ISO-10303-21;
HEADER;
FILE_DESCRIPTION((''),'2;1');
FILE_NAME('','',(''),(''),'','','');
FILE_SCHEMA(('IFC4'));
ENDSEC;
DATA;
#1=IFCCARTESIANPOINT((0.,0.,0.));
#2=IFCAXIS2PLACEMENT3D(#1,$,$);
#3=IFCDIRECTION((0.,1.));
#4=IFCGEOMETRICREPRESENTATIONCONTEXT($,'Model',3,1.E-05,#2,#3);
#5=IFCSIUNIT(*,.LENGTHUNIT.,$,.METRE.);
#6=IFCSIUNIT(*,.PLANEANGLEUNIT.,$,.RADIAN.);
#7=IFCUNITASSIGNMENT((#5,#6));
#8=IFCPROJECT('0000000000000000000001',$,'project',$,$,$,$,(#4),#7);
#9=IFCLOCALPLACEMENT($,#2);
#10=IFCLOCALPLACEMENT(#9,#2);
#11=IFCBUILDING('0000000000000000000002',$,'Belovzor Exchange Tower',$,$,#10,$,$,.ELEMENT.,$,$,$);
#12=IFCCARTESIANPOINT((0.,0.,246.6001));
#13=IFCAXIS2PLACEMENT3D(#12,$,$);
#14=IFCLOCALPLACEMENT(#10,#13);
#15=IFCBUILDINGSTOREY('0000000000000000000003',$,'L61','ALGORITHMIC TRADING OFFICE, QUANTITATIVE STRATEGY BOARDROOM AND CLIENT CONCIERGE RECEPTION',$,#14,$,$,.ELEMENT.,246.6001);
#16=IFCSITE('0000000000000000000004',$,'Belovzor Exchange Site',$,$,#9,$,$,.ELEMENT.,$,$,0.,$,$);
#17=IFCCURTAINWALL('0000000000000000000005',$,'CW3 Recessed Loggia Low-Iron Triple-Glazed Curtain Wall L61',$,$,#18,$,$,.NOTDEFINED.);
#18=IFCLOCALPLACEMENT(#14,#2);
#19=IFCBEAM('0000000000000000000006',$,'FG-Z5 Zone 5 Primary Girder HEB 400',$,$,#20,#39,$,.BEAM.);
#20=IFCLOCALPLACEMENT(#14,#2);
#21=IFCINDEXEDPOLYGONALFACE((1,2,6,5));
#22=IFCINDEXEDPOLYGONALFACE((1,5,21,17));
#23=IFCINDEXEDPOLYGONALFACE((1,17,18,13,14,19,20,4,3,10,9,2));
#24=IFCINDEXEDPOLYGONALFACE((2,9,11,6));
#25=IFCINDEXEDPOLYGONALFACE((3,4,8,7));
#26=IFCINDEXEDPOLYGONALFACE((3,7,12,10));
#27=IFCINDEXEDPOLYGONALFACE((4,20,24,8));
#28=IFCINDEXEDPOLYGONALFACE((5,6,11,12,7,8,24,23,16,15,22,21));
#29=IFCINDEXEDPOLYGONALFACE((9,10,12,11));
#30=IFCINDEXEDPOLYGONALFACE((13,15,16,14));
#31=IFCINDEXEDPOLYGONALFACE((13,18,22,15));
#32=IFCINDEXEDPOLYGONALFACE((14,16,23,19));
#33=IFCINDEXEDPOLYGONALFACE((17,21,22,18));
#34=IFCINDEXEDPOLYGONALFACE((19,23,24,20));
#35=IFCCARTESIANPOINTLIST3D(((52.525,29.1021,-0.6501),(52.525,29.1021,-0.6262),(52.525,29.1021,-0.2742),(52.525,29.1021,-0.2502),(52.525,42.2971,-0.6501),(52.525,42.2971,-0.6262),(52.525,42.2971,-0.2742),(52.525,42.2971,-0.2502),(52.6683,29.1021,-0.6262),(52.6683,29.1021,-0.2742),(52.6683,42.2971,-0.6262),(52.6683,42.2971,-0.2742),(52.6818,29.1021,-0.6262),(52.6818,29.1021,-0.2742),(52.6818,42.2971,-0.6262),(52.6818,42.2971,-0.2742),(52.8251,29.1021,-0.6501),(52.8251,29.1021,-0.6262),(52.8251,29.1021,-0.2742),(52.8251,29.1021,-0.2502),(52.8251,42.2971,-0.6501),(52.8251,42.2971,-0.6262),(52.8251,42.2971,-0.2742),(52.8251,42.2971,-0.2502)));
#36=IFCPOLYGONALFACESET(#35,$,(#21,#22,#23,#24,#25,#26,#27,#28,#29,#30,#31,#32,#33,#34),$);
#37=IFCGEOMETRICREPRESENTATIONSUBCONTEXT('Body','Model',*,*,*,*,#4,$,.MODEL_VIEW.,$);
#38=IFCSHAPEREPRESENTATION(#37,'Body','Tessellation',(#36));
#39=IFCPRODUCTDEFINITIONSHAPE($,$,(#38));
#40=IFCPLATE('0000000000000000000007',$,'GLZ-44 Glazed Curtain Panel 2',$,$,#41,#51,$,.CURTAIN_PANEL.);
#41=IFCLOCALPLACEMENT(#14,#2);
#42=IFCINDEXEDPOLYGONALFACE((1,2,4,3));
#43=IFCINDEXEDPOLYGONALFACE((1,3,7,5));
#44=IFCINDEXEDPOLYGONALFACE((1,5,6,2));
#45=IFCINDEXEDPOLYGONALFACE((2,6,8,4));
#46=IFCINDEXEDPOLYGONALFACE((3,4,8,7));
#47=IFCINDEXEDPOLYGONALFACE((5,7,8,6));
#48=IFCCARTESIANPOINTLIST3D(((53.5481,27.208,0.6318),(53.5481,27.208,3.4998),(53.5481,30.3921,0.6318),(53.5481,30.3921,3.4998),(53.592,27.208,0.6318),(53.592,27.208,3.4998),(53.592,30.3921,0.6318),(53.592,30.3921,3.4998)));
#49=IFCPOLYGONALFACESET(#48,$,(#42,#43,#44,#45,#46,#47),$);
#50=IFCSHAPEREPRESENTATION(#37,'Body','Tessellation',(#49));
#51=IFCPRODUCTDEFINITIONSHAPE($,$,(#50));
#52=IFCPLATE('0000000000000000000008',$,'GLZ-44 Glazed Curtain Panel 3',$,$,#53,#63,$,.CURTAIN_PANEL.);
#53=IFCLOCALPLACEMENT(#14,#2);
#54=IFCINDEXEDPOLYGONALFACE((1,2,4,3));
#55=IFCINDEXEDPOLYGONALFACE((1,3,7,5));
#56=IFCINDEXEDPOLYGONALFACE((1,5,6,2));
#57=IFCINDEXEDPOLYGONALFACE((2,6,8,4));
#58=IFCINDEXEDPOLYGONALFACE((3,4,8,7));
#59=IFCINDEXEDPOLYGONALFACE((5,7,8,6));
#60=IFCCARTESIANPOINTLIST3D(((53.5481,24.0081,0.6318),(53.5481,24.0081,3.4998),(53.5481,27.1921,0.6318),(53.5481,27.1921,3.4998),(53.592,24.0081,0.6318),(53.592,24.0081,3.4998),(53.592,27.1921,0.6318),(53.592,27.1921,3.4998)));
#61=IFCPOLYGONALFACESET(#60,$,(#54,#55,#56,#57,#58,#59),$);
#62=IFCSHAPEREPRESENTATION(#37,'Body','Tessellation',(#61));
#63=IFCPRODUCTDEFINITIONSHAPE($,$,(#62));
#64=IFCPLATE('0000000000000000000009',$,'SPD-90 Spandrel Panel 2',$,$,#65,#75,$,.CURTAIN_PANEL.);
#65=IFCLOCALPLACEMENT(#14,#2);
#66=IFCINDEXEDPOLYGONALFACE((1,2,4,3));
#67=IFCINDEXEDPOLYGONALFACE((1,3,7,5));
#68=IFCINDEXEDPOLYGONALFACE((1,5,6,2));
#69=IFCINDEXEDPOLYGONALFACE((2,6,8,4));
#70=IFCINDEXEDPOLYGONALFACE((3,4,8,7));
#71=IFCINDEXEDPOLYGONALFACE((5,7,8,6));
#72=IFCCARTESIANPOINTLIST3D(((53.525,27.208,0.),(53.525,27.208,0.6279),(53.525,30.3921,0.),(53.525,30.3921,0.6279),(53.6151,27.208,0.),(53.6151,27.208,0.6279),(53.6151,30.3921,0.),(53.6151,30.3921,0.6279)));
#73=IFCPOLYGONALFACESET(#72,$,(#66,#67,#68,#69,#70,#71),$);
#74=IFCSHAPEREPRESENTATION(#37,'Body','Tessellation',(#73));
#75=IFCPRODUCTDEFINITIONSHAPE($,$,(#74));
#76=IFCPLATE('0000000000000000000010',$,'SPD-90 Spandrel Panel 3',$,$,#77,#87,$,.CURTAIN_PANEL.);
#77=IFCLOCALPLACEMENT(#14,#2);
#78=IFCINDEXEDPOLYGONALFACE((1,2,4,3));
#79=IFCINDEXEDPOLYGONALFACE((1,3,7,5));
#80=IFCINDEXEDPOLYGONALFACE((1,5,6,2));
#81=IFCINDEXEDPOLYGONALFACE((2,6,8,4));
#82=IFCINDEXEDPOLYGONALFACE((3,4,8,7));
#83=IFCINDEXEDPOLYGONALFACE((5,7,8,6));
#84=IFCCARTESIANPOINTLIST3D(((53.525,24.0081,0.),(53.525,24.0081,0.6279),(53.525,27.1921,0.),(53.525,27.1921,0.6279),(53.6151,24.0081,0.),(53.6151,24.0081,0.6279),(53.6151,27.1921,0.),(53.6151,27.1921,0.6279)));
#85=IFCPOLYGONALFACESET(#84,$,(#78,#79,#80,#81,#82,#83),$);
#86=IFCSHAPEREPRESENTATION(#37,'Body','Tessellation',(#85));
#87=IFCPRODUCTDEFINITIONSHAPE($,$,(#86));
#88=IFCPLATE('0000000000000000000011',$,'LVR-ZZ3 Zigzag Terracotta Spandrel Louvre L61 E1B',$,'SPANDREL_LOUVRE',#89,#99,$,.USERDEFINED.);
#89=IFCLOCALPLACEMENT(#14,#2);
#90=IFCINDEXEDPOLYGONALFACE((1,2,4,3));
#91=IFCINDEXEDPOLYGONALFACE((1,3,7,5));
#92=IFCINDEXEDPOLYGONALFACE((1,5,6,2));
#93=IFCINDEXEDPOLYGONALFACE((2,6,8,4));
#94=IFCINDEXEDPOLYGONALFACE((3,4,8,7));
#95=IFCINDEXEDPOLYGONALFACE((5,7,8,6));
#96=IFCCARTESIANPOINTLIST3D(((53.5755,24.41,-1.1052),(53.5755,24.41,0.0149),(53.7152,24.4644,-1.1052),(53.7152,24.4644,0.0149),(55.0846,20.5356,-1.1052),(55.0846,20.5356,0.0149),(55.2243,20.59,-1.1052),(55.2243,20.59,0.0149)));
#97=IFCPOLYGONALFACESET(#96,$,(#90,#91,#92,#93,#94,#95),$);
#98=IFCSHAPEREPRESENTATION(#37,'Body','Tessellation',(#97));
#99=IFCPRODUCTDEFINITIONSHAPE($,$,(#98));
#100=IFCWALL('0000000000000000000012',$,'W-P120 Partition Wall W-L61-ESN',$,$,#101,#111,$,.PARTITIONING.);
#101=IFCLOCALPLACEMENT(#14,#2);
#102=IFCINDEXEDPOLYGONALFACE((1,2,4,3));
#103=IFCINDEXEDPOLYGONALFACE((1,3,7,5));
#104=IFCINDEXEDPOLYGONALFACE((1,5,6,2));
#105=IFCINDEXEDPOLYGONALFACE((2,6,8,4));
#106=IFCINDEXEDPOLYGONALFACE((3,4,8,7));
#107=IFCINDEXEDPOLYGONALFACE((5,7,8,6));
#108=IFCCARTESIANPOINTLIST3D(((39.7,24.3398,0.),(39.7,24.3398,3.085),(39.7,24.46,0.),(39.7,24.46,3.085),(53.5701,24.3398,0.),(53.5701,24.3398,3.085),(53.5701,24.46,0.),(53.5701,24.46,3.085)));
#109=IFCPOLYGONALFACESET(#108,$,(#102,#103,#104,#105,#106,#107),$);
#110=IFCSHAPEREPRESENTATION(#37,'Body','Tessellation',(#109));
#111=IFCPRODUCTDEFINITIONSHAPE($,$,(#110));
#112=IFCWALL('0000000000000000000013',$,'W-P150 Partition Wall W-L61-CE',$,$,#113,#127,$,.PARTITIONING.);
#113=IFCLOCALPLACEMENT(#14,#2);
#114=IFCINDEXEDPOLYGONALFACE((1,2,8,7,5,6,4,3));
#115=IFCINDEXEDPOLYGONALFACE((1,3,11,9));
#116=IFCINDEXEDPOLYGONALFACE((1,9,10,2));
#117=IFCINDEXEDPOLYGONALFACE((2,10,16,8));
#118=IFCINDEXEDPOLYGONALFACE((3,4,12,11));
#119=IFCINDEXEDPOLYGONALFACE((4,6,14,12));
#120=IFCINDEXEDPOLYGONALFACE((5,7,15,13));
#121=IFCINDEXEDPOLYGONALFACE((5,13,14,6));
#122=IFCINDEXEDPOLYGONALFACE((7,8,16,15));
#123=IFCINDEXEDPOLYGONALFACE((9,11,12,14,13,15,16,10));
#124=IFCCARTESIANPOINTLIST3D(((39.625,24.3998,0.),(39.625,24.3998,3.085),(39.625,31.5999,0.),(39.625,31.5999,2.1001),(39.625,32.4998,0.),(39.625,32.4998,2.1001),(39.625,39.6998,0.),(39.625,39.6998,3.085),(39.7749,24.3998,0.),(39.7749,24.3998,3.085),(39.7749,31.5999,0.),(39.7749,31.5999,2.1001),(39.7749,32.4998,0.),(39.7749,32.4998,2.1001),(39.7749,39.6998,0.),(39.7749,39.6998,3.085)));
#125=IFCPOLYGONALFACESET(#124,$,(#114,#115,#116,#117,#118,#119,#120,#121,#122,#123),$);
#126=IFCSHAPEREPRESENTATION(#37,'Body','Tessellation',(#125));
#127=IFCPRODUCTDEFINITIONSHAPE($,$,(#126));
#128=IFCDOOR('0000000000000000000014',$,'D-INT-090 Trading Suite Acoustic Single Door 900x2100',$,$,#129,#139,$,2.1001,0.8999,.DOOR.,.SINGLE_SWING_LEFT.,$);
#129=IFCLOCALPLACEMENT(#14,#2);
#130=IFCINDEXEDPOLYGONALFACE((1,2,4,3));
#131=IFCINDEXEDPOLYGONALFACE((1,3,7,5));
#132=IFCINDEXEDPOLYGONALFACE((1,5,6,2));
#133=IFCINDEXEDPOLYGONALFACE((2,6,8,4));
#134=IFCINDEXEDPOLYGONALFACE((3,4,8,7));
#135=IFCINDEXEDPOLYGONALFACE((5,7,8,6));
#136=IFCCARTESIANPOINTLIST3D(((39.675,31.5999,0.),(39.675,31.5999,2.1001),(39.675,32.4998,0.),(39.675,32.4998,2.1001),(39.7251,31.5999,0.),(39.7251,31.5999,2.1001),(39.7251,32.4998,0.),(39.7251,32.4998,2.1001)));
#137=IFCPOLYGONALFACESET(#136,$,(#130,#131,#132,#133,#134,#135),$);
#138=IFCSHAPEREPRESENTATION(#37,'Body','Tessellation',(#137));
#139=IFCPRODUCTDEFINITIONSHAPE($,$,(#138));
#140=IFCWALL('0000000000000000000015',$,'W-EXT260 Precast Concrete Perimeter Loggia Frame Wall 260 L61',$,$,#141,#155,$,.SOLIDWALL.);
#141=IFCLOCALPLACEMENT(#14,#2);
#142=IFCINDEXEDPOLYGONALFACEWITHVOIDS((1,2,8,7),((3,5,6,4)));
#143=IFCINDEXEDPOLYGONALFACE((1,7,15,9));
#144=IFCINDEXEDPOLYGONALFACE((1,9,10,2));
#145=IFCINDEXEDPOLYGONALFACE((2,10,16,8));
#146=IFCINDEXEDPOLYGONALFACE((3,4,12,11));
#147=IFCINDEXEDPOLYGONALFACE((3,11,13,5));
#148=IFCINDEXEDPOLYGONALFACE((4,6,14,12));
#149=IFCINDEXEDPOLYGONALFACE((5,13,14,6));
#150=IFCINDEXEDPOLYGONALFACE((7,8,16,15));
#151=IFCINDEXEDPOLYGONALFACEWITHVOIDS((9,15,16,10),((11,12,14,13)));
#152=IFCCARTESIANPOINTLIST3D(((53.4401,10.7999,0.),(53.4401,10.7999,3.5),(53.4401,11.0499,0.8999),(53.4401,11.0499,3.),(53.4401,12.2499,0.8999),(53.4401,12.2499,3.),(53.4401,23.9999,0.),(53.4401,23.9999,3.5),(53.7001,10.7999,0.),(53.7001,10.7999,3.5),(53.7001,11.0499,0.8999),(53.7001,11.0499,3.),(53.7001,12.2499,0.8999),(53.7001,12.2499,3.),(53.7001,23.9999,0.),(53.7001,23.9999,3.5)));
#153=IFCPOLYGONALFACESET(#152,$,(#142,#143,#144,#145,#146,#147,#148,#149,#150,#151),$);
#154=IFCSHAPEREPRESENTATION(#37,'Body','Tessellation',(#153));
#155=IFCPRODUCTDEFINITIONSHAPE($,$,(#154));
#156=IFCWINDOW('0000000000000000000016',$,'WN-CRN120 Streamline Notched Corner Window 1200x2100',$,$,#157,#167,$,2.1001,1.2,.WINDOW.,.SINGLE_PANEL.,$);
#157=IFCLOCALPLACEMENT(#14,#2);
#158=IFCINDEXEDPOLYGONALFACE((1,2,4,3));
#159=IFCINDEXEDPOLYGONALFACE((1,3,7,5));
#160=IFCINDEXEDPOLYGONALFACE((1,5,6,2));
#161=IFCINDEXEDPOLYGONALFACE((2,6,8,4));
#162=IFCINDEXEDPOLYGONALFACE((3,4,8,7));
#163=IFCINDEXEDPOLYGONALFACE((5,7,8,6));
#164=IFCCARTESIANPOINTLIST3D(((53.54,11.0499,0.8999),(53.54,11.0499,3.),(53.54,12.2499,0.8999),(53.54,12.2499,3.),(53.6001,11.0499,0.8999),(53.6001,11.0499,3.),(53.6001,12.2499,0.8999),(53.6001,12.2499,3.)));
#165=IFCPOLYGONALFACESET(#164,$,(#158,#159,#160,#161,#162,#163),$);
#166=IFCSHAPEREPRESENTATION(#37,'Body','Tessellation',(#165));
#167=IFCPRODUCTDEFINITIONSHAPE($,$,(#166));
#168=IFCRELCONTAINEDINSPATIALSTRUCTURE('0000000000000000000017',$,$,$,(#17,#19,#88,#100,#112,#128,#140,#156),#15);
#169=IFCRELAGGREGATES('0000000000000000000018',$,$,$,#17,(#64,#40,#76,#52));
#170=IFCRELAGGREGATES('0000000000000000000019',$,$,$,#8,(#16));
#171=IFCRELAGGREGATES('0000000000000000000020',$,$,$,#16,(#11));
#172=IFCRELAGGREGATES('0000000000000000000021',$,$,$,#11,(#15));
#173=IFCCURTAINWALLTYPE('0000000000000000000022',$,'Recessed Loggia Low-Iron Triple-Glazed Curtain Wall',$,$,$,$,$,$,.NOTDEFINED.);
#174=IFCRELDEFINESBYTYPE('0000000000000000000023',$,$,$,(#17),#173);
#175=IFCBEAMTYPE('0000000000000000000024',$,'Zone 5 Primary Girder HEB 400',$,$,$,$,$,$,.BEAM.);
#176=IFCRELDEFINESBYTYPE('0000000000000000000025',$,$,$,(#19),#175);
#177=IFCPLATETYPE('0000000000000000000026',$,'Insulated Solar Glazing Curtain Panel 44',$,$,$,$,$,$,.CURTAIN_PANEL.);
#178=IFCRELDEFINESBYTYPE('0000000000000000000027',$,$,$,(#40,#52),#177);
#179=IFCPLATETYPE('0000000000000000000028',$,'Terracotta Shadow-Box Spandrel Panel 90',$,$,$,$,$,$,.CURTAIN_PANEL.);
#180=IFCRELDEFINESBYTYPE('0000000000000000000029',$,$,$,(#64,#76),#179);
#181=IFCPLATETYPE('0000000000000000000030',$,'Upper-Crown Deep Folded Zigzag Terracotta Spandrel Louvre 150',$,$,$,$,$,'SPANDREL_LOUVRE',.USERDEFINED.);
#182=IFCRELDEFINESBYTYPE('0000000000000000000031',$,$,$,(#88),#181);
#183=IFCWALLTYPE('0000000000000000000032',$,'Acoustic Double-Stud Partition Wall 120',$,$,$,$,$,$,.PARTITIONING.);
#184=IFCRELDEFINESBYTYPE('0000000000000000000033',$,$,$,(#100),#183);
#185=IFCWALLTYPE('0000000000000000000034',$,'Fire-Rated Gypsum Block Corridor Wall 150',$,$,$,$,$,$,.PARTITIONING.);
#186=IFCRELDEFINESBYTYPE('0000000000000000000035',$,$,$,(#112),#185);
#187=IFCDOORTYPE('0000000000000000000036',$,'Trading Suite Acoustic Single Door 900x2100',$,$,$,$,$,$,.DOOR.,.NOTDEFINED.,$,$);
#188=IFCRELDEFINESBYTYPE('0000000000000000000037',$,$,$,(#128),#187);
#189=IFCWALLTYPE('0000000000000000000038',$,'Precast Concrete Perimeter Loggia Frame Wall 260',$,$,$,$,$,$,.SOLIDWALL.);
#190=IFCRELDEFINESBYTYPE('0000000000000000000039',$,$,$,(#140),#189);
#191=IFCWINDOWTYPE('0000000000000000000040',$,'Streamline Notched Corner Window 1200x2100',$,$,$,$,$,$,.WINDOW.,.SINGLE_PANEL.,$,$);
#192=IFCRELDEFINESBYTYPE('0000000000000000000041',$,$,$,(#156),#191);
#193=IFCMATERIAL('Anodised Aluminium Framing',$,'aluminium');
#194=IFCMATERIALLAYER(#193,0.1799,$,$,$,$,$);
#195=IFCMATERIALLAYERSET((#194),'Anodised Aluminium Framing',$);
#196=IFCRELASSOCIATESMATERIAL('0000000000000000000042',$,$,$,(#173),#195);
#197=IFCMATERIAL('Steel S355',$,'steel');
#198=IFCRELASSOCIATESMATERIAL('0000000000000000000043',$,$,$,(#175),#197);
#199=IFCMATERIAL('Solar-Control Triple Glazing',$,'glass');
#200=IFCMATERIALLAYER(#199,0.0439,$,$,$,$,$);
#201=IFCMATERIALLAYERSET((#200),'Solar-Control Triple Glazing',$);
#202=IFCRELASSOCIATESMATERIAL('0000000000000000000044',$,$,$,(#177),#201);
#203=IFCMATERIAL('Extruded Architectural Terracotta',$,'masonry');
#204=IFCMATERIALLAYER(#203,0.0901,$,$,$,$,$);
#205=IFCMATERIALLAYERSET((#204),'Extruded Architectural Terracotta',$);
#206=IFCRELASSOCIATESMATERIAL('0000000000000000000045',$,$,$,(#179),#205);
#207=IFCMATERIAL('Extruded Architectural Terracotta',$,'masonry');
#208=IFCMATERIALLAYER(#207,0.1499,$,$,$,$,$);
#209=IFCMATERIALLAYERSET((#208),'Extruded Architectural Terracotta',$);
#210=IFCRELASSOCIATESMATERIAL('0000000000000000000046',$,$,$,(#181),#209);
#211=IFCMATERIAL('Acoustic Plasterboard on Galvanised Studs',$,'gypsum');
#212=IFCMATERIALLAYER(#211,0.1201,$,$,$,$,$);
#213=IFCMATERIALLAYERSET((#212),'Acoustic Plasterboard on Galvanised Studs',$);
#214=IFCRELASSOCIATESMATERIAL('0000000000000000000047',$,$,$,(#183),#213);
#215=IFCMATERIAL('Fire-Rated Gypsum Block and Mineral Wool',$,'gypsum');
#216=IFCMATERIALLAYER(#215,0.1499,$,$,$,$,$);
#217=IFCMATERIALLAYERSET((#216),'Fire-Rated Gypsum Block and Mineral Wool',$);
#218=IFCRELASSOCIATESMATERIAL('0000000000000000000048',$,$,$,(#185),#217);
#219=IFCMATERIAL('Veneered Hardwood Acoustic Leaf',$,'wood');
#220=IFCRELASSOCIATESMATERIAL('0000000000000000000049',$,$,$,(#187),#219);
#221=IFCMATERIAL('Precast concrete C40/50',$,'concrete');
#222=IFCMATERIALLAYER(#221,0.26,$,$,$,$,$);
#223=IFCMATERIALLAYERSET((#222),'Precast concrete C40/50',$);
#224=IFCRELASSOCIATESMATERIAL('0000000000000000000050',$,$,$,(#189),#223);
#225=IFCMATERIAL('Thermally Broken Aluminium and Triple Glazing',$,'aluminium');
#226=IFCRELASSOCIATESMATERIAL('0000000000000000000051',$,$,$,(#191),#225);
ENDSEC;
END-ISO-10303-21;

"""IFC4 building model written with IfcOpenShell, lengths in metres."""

from ifc_helpers import new_model, si_unit, direction, frame, frame_2d, origin, origin_2d, place, context, subcontext, project, spatial, rectangle, i_section, extrude, material, layer, layer_set, material_profile, profile_set, type_object, element, fill, aggregate, save


model = new_model("IFC4")

# Units and contexts
model_context = context("Model", 3, precision=1e-05, world=origin(), true_north=direction((0.0, 1.0)))
body_context = subcontext(model_context, "Body", "Model", "MODEL_VIEW")
ifc_project = project(units=[si_unit("LENGTHUNIT", "METRE"), si_unit("PLANEANGLEUNIT", "RADIAN")], contexts=[model_context])

# Site, building, storey
site_placement = place(None, origin())
site = spatial("IfcSite", under=ifc_project, at=site_placement, Name="Belovzor Exchange Site", CompositionType="ELEMENT", RefElevation=0.0)
building_placement = place(site_placement, origin())
building = spatial("IfcBuilding", under=site, at=building_placement, Name="Belovzor Exchange Tower", CompositionType="ELEMENT")
storey_placement = place(building_placement, frame((0.0, 0.0, 246.6001)))
storey = spatial("IfcBuildingStorey", under=building, at=storey_placement, Name="L61", Description="ALGORITHMIC TRADING OFFICE, QUANTITATIVE STRATEGY BOARDROOM AND CLIENT CONCIERGE RECEPTION", CompositionType="ELEMENT", Elevation=246.6001)

# Curtain wall
ifc_material_1 = material(Name="Anodised Aluminium Framing", Category="aluminium")
ifc_layer_1 = layer(ifc_material_1, 0.1799)
ifc_layer_set_1 = layer_set([ifc_layer_1], Name="Anodised Aluminium Framing")
curtain_wall_type = type_object("IfcCurtainWallType", Name="Recessed Loggia Low-Iron Triple-Glazed Curtain Wall", PredefinedType="NOTDEFINED", material=ifc_layer_set_1)
curtain_wall_placement = place(storey_placement, origin())
curtain_wall = element("IfcCurtainWall", 1, at=curtain_wall_placement, inside=storey, type_object=curtain_wall_type, Name="CW3 Recessed Loggia Low-Iron Triple-Glazed Curtain Wall L61", PredefinedType="NOTDEFINED")

# Beam
ifc_material_2 = material(Name="Steel S355", Category="steel")
ifc_material_profile_1 = material_profile(ifc_material_2, i_section(OverallWidth=0.3, OverallDepth=0.3999, WebThickness=0.0134, FlangeThickness=0.0239, at=origin_2d()))
ifc_profile_set_1 = profile_set([ifc_material_profile_1], Name="Steel S355")
beam_type_1 = type_object("IfcBeamType", Name="Zone 5 Primary Girder HEB 400", PredefinedType="BEAM", material=ifc_profile_set_1)
beam_1_placement = place(storey_placement, frame((52.675, 29.1021, -0.4502), z_axis=(0.0, 1.0, 0.0), x_axis=(-1.0, 0.0, 0.0)))
element("IfcBeam", 2, at=beam_1_placement, inside=storey, type_object=beam_type_1, Name="FG-Z5 Zone 5 Primary Girder HEB 400", PredefinedType="BEAM", context=body_context, shape_type="SweptSolid", body=[
    extrude(i_section(OverallWidth=0.3, OverallDepth=0.3999, WebThickness=0.0134, FlangeThickness=0.0239, at=origin_2d()), origin(), (0.0, 0.0, 1.0), 13.1951),
])

# Plates
ifc_material_3 = material(Name="Solar-Control Triple Glazing", Category="glass")
ifc_layer_2 = layer(ifc_material_3, 0.0439)
ifc_layer_set_2 = layer_set([ifc_layer_2], Name="Solar-Control Triple Glazing")
plate_type_1 = type_object("IfcPlateType", Name="Insulated Solar Glazing Curtain Panel 44", PredefinedType="CURTAIN_PANEL", material=ifc_layer_set_2)
plate_1_placement = place(storey_placement, frame((53.5701, 28.8, 0.6318), z_axis=(0.0, 0.0, 1.0), x_axis=(0.0, -1.0, 0.0)))
plate_1 = element("IfcPlate", 3, at=plate_1_placement, type_object=plate_type_1, Name="GLZ-44 Glazed Curtain Panel 2", PredefinedType="CURTAIN_PANEL", context=body_context, shape_type="SweptSolid", body=[
    extrude(rectangle(XDim=3.1841, YDim=0.0439, at=origin_2d()), origin(), (0.0, 0.0, 1.0), 2.8679),
])
plate_2_placement = place(storey_placement, frame((53.5701, 25.6001, 0.6318), z_axis=(0.0, 0.0, 1.0), x_axis=(0.0, -1.0, 0.0)))
plate_2 = element("IfcPlate", 4, at=plate_2_placement, type_object=plate_type_1, Name="GLZ-44 Glazed Curtain Panel 3", PredefinedType="CURTAIN_PANEL", context=body_context, shape_type="SweptSolid", body=[
    extrude(rectangle(XDim=3.1841, YDim=0.0439, at=origin_2d()), origin(), (0.0, 0.0, 1.0), 2.8679),
])
ifc_material_4 = material(Name="Extruded Architectural Terracotta", Category="masonry")
ifc_layer_3 = layer(ifc_material_4, 0.0901)
ifc_layer_set_3 = layer_set([ifc_layer_3], Name="Extruded Architectural Terracotta")
plate_type_2 = type_object("IfcPlateType", Name="Terracotta Shadow-Box Spandrel Panel 90", PredefinedType="CURTAIN_PANEL", material=ifc_layer_set_3)
plate_3_placement = place(storey_placement, frame((53.5701, 28.8, 0.0), z_axis=(0.0, 0.0, 1.0), x_axis=(0.0, -1.0, 0.0)))
plate_3 = element("IfcPlate", 5, at=plate_3_placement, type_object=plate_type_2, Name="SPD-90 Spandrel Panel 2", PredefinedType="CURTAIN_PANEL", context=body_context, shape_type="SweptSolid", body=[
    extrude(rectangle(XDim=3.1841, YDim=0.0901, at=origin_2d()), origin(), (0.0, 0.0, 1.0), 0.6279),
])
plate_4_placement = place(storey_placement, frame((53.5701, 25.6001, 0.0), z_axis=(0.0, 0.0, 1.0), x_axis=(0.0, -1.0, 0.0)))
plate_4 = element("IfcPlate", 6, at=plate_4_placement, type_object=plate_type_2, Name="SPD-90 Spandrel Panel 3", PredefinedType="CURTAIN_PANEL", context=body_context, shape_type="SweptSolid", body=[
    extrude(rectangle(XDim=3.1841, YDim=0.0901, at=origin_2d()), origin(), (0.0, 0.0, 1.0), 0.6279),
])
aggregate(curtain_wall, [plate_3, plate_1, plate_4, plate_2])
ifc_material_5 = material(Name="Extruded Architectural Terracotta", Category="masonry")
ifc_layer_4 = layer(ifc_material_5, 0.1499)
ifc_layer_set_4 = layer_set([ifc_layer_4], Name="Extruded Architectural Terracotta")
plate_type_3 = type_object("IfcPlateType", Name="Upper-Crown Deep Folded Zigzag Terracotta Spandrel Louvre 150", ElementType="SPANDREL_LOUVRE", PredefinedType="USERDEFINED", material=ifc_layer_set_4)
plate_5_placement = place(storey_placement, frame((54.3999, 22.5, -1.1052), z_axis=(0.0, 0.0, 1.0), x_axis=(-0.362926, 0.931818, 0.0)))
element("IfcPlate", 7, at=plate_5_placement, inside=storey, type_object=plate_type_3, Name="LVR-ZZ3 Zigzag Terracotta Spandrel Louvre L61 E1B", ObjectType="SPANDREL_LOUVRE", PredefinedType="USERDEFINED", context=body_context, shape_type="SweptSolid", body=[
    extrude(rectangle(XDim=4.158, YDim=0.1499, at=origin_2d()), origin(), (0.0, 0.0, 1.0), 1.1201),
])

# Wall
ifc_material_6 = material(Name="Acoustic Plasterboard on Galvanised Studs", Category="gypsum")
ifc_layer_5 = layer(ifc_material_6, 0.1201)
ifc_layer_set_5 = layer_set([ifc_layer_5], Name="Acoustic Plasterboard on Galvanised Studs")
wall_type_1 = type_object("IfcWallType", Name="Acoustic Double-Stud Partition Wall 120", PredefinedType="PARTITIONING", material=ifc_layer_set_5)
wall_1_placement = place(storey_placement, frame((39.7, 24.3999, 0.0), z_axis=(0.0, 0.0, 1.0), x_axis=(1.0, 0.0, 0.0)))
element("IfcWall", 8, at=wall_1_placement, inside=storey, type_object=wall_type_1, Name="W-P120 Partition Wall W-L61-ESN", PredefinedType="PARTITIONING", context=body_context, shape_type="SweptSolid", body=[
    extrude(rectangle(XDim=13.8701, YDim=0.1201, at=frame_2d((6.9351, 0.0))), origin(), (0.0, 0.0, 1.0), 3.085),
])

# Wall, opening, door
ifc_material_7 = material(Name="Fire-Rated Gypsum Block and Mineral Wool", Category="gypsum")
ifc_layer_6 = layer(ifc_material_7, 0.1499)
ifc_layer_set_6 = layer_set([ifc_layer_6], Name="Fire-Rated Gypsum Block and Mineral Wool")
wall_type_2 = type_object("IfcWallType", Name="Fire-Rated Gypsum Block Corridor Wall 150", PredefinedType="PARTITIONING", material=ifc_layer_set_6)
wall_2_placement = place(storey_placement, frame((39.7, 24.3999, 0.0), z_axis=(0.0, 0.0, 1.0), x_axis=(0.0, 1.0, 0.0)))
wall_2 = element("IfcWall", 9, at=wall_2_placement, inside=storey, type_object=wall_type_2, Name="W-P150 Partition Wall W-L61-CE", PredefinedType="PARTITIONING", context=body_context, shape_type="SweptSolid", body=[
    extrude(rectangle(XDim=15.3, YDim=0.1499, at=frame_2d((7.6499, 0.0))), origin(), (0.0, 0.0, 1.0), 3.085),
])
opening_1_placement = place(wall_2_placement, frame((7.2, 0.0, 0.0)))
opening_1 = element("IfcOpeningElement", 10, at=opening_1_placement, cuts=wall_2, PredefinedType="OPENING", context=body_context, shape_type="SweptSolid", body=[
    extrude(rectangle(XDim=0.8999, YDim=2.1001, at=frame_2d((0.45, 1.05))), frame((0.0, 0.085, 0.0), z_axis=(0.0, -1.0, 0.0), x_axis=(1.0, 0.0, 0.0)), (0.0, 0.0, 1.0), 0.1699),
])
ifc_material_8 = material(Name="Veneered Hardwood Acoustic Leaf", Category="wood")
door_type = type_object("IfcDoorType", Name="Trading Suite Acoustic Single Door 900x2100", OperationType="NOTDEFINED", PredefinedType="DOOR", material=ifc_material_8)
door_placement = place(opening_1_placement, origin())
door = element("IfcDoor", 11, at=door_placement, inside=storey, type_object=door_type, Name="D-INT-090 Trading Suite Acoustic Single Door 900x2100", OperationType="SINGLE_SWING_LEFT", OverallHeight=2.1001, OverallWidth=0.8999, PredefinedType="DOOR", context=body_context, shape_type="SweptSolid", body=[
    extrude(rectangle(XDim=0.8999, YDim=2.1001, at=frame_2d((0.45, 1.05))), frame((0.0, 0.0249, 0.0), z_axis=(0.0, -1.0, 0.0), x_axis=(1.0, 0.0, 0.0)), (0.0, 0.0, 1.0), 0.05),
])
fill(opening_1, door)

# Wall, opening, window
ifc_material_9 = material(Name="Precast concrete C40/50", Category="concrete")
ifc_layer_7 = layer(ifc_material_9, 0.26)
ifc_layer_set_7 = layer_set([ifc_layer_7], Name="Precast concrete C40/50")
wall_type_3 = type_object("IfcWallType", Name="Precast Concrete Perimeter Loggia Frame Wall 260", PredefinedType="SOLIDWALL", material=ifc_layer_set_7)
wall_3_placement = place(storey_placement, frame((53.5701, 24.0, 0.0), z_axis=(0.0, 0.0, 1.0), x_axis=(0.0, -1.0, 0.0)))
wall_3 = element("IfcWall", 12, at=wall_3_placement, inside=storey, type_object=wall_type_3, Name="W-EXT260 Precast Concrete Perimeter Loggia Frame Wall 260 L61", PredefinedType="SOLIDWALL", context=body_context, shape_type="SweptSolid", body=[
    extrude(rectangle(XDim=13.2, YDim=0.26, at=frame_2d((6.6001, 0.0))), origin(), (0.0, 0.0, 1.0), 3.5),
])
opening_2_placement = place(wall_3_placement, frame((11.75, 0.0, 0.8999)))
opening_2 = element("IfcOpeningElement", 13, at=opening_2_placement, cuts=wall_3, PredefinedType="OPENING", context=body_context, shape_type="SweptSolid", body=[
    extrude(rectangle(XDim=1.2, YDim=2.1001, at=frame_2d((0.6001, 1.05))), frame((0.0, 0.1399, 0.0), z_axis=(0.0, -1.0, 0.0), x_axis=(1.0, 0.0, 0.0)), (0.0, 0.0, 1.0), 0.28),
])
ifc_material_10 = material(Name="Thermally Broken Aluminium and Triple Glazing", Category="aluminium")
window_type = type_object("IfcWindowType", Name="Streamline Notched Corner Window 1200x2100", PartitioningType="SINGLE_PANEL", PredefinedType="WINDOW", material=ifc_material_10)
window_placement = place(opening_2_placement, origin())
window = element("IfcWindow", 14, at=window_placement, inside=storey, type_object=window_type, Name="WN-CRN120 Streamline Notched Corner Window 1200x2100", OverallHeight=2.1001, OverallWidth=1.2, PartitioningType="SINGLE_PANEL", PredefinedType="WINDOW", context=body_context, shape_type="SweptSolid", body=[
    extrude(rectangle(XDim=1.2, YDim=2.1001, at=frame_2d((0.6001, 1.05))), frame((0.0, 0.03, 0.0), z_axis=(0.0, -1.0, 0.0), x_axis=(1.0, 0.0, 0.0)), (0.0, 0.0, 1.0), 0.0601),
])
fill(opening_2, window)

save(model, "model.ifc")
